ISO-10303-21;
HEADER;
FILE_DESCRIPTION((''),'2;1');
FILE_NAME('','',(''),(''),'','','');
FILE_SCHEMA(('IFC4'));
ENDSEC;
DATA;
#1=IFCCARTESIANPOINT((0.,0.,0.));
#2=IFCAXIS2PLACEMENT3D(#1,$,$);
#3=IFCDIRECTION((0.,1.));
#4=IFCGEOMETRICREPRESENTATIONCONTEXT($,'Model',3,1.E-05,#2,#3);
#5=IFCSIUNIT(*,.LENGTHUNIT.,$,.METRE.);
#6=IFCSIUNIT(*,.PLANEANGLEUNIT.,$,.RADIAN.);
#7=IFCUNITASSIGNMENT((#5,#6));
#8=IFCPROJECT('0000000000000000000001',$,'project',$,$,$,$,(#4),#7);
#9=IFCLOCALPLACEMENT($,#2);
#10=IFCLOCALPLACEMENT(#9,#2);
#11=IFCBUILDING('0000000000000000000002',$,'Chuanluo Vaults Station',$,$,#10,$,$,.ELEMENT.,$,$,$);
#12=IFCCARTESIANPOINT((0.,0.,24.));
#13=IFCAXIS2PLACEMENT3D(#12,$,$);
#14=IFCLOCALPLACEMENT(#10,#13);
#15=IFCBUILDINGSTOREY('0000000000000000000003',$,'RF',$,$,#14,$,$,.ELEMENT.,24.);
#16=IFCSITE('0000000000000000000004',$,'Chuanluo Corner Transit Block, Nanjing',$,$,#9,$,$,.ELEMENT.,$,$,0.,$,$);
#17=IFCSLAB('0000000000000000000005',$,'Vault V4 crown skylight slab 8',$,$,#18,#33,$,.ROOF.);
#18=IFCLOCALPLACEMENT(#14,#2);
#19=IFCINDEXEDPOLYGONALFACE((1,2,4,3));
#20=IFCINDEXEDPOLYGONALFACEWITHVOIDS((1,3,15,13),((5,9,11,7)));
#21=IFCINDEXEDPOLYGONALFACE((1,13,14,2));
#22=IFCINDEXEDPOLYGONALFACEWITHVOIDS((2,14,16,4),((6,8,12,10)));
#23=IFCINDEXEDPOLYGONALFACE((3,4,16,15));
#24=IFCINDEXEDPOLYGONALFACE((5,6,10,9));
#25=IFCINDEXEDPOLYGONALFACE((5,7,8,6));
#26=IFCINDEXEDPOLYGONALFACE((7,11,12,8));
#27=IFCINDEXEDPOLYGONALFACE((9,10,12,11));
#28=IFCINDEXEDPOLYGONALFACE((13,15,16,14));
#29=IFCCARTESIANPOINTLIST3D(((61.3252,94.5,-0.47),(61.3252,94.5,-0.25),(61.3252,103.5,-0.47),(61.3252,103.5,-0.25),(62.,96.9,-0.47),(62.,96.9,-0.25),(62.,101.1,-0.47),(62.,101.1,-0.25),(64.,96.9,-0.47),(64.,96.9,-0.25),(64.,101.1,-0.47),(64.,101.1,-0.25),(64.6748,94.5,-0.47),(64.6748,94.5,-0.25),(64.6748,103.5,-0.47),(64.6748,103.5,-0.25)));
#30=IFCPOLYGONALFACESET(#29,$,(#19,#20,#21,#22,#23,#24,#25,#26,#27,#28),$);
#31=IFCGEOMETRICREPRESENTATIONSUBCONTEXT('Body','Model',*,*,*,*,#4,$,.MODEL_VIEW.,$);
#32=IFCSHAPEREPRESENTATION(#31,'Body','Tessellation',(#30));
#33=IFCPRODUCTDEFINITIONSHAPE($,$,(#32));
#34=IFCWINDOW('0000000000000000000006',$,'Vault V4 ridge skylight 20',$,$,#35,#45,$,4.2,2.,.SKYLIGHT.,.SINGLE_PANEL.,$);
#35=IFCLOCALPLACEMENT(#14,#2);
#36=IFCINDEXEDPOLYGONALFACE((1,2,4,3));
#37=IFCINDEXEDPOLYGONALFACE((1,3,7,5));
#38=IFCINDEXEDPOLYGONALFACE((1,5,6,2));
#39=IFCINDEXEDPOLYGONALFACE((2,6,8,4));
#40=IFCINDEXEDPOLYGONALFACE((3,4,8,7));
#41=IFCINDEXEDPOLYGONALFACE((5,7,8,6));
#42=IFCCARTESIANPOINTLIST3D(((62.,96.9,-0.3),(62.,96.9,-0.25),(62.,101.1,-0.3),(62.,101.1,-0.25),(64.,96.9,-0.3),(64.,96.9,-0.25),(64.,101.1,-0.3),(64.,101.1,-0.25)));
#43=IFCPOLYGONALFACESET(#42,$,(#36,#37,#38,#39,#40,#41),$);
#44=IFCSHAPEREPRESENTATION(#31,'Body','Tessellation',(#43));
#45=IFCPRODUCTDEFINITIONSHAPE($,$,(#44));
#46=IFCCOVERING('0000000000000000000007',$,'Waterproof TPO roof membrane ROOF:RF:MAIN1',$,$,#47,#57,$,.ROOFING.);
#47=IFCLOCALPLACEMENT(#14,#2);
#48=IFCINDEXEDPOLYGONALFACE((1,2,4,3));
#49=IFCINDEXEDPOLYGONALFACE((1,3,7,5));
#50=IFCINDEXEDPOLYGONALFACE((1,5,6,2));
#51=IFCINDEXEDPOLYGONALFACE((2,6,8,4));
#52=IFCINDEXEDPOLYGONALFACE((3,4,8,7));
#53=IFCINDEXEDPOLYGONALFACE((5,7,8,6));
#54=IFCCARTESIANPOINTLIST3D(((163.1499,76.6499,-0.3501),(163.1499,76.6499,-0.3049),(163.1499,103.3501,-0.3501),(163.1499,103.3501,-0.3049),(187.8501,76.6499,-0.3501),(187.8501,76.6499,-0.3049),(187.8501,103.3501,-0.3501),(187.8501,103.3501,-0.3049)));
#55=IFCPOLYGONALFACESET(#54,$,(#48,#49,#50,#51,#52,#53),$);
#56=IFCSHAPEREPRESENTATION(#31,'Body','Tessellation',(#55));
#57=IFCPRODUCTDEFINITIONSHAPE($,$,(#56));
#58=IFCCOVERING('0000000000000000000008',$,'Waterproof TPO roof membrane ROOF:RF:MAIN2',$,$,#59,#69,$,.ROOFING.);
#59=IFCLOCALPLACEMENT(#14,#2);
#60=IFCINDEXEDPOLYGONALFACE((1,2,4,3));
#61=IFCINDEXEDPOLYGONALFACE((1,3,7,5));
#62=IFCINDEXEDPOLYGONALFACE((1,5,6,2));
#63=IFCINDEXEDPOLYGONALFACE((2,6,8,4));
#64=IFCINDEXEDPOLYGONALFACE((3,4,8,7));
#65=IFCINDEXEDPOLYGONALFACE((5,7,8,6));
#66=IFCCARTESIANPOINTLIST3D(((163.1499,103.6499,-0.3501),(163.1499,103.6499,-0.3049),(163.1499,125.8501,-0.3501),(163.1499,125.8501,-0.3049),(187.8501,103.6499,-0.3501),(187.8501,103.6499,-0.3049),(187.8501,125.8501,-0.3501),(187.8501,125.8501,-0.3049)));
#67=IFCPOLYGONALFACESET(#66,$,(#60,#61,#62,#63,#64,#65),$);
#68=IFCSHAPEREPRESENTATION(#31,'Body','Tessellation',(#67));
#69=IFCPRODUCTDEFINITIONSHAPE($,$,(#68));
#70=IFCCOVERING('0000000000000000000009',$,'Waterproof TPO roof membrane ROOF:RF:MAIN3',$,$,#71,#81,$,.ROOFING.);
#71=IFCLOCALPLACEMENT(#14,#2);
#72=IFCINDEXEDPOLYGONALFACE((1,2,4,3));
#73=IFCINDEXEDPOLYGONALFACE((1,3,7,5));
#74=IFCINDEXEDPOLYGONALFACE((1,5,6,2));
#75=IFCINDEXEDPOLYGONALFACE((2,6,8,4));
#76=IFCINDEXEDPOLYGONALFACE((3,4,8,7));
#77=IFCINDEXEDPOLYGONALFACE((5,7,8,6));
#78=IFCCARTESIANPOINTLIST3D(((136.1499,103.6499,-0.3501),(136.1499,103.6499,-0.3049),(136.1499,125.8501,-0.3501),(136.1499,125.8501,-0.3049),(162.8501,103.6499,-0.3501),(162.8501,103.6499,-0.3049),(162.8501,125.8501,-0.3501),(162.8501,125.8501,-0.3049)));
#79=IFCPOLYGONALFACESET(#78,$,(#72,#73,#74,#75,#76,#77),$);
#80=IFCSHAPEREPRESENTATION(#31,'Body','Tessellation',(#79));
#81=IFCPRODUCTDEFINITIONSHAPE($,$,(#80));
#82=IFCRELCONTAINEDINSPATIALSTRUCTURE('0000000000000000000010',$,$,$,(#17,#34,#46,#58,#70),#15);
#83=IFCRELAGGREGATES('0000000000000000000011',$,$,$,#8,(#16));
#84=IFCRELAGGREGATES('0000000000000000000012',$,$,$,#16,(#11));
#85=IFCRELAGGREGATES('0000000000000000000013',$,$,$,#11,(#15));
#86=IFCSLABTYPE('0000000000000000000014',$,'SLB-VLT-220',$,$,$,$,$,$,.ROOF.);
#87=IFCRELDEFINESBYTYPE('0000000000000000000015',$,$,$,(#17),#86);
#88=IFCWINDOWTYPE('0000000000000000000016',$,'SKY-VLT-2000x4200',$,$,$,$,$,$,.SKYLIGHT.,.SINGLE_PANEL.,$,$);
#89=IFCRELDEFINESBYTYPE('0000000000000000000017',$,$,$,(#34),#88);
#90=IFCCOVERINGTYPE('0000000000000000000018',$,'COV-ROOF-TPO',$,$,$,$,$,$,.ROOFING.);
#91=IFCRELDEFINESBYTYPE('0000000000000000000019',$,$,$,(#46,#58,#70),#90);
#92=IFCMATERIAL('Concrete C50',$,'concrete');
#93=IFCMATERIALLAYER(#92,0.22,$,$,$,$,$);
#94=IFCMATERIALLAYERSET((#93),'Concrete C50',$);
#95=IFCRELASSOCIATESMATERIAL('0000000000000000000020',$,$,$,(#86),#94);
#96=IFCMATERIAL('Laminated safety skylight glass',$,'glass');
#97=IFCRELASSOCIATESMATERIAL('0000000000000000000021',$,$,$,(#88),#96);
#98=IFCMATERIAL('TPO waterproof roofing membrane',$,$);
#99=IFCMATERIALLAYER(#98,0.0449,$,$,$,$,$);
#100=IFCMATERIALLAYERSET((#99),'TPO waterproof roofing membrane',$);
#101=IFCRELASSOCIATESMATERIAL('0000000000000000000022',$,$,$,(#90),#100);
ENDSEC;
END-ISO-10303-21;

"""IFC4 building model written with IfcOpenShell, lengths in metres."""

from ifc_helpers import new_model, si_unit, direction, frame, origin, origin_2d, place, context, subcontext, project, spatial, polyline, rectangle, outline, extrude, material, layer, layer_set, type_object, element, fill, save


model = new_model("IFC4")

# Units and contexts
model_context = context("Model", 3, precision=1e-05, world=origin(), true_north=direction((0.0, 1.0)))
body_context = subcontext(model_context, "Body", "Model", "MODEL_VIEW")
ifc_project = project(units=[si_unit("LENGTHUNIT", "METRE"), si_unit("PLANEANGLEUNIT", "RADIAN")], contexts=[model_context])

# Site, building, storey
site_placement = place(None, origin())
site = spatial("IfcSite", under=ifc_project, at=site_placement, Name="Chuanluo Corner Transit Block, Nanjing", CompositionType="ELEMENT", RefElevation=0.0)
building_placement = place(site_placement, origin())
building = spatial("IfcBuilding", under=site, at=building_placement, Name="Chuanluo Vaults Station", CompositionType="ELEMENT")
storey_placement = place(building_placement, frame((0.0, 0.0, 24.0)))
storey = spatial("IfcBuildingStorey", under=building, at=storey_placement, Name="RF", CompositionType="ELEMENT", Elevation=24.0)

# Shared definitions
ifc_material_1 = material(Name="Concrete C50", Category="concrete")
ifc_layer_1 = layer(ifc_material_1, 0.22)
ifc_layer_set_1 = layer_set([ifc_layer_1], Name="Concrete C50")
slab_type = type_object("IfcSlabType", Name="SLB-VLT-220", PredefinedType="ROOF", material=ifc_layer_set_1)
ifc_material_2 = material(Name="Laminated safety skylight glass", Category="glass")
window_type = type_object("IfcWindowType", Name="SKY-VLT-2000x4200", PartitioningType="SINGLE_PANEL", PredefinedType="SKYLIGHT", material=ifc_material_2)

# Slab, opening, window
slab_1_placement = place(storey_placement, frame((0.0, 0.0, -0.47)))
slab_1 = element("IfcSlab", 1, at=slab_1_placement, inside=storey, type_object=slab_type, Name="Vault V4 crown skylight slab 8", PredefinedType="ROOF", context=body_context, shape_type="SweptSolid", body=[
    extrude(outline(polyline([(61.3252, 94.5), (64.6748, 94.5), (64.6748, 103.5), (61.3252, 103.5), (61.3252, 94.5)])), origin(), (0.0, 0.0, 1.0), 0.22),
])
opening_1_placement = place(slab_1_placement, frame((63.0, 99.0, 0.0)))
opening_1 = element("IfcOpeningElement", 2, at=opening_1_placement, cuts=slab_1, PredefinedType="OPENING", context=body_context, shape_type="SweptSolid", body=[
    extrude(rectangle(XDim=2.0, YDim=4.2, at=origin_2d()), frame((0.0, 0.0, -0.01)), (0.0, 0.0, 1.0), 0.24),
])
window_1_placement = place(opening_1_placement, frame((0.0, 0.0, 0.1699)))
window_1 = element("IfcWindow", 3, at=window_1_placement, inside=storey, type_object=window_type, Name="Vault V4 ridge skylight 20", OverallHeight=4.2, OverallWidth=2.0, PartitioningType="SINGLE_PANEL", PredefinedType="SKYLIGHT", context=body_context, shape_type="SweptSolid", body=[
    extrude(rectangle(XDim=2.0, YDim=4.2, at=origin_2d()), origin(), (0.0, 0.0, 1.0), 0.05),
])
fill(opening_1, window_1)

# Coverings
ifc_material_3 = material(Name="TPO waterproof roofing membrane")
ifc_layer_2 = layer(ifc_material_3, 0.0449)
ifc_layer_set_2 = layer_set([ifc_layer_2], Name="TPO waterproof roofing membrane")
covering_type = type_object("IfcCoveringType", Name="COV-ROOF-TPO", PredefinedType="ROOFING", material=ifc_layer_set_2)
covering_1_placement = place(storey_placement, frame((0.0, 0.0, -0.3501)))
element("IfcCovering", 4, at=covering_1_placement, inside=storey, type_object=covering_type, Name="Waterproof TPO roof membrane ROOF:RF:MAIN1", PredefinedType="ROOFING", context=body_context, shape_type="SweptSolid", body=[
    extrude(outline(polyline([(163.1499, 76.6499), (187.8501, 76.6499), (187.8501, 103.3501), (163.1499, 103.3501), (163.1499, 76.6499)])), origin(), (0.0, 0.0, 1.0), 0.0452),
])
covering_2_placement = place(storey_placement, frame((0.0, 0.0, -0.3501)))
element("IfcCovering", 5, at=covering_2_placement, inside=storey, type_object=covering_type, Name="Waterproof TPO roof membrane ROOF:RF:MAIN2", PredefinedType="ROOFING", context=body_context, shape_type="SweptSolid", body=[
    extrude(outline(polyline([(163.1499, 103.6499), (187.8501, 103.6499), (187.8501, 125.8501), (163.1499, 125.8501), (163.1499, 103.6499)])), origin(), (0.0, 0.0, 1.0), 0.0452),
])
covering_3_placement = place(storey_placement, frame((0.0, 0.0, -0.3501)))
element("IfcCovering", 6, at=covering_3_placement, inside=storey, type_object=covering_type, Name="Waterproof TPO roof membrane ROOF:RF:MAIN3", PredefinedType="ROOFING", context=body_context, shape_type="SweptSolid", body=[
    extrude(outline(polyline([(136.1499, 103.6499), (162.8501, 103.6499), (162.8501, 125.8501), (136.1499, 125.8501), (136.1499, 103.6499)])), origin(), (0.0, 0.0, 1.0), 0.0452),
])

save(model, "model.ifc")
